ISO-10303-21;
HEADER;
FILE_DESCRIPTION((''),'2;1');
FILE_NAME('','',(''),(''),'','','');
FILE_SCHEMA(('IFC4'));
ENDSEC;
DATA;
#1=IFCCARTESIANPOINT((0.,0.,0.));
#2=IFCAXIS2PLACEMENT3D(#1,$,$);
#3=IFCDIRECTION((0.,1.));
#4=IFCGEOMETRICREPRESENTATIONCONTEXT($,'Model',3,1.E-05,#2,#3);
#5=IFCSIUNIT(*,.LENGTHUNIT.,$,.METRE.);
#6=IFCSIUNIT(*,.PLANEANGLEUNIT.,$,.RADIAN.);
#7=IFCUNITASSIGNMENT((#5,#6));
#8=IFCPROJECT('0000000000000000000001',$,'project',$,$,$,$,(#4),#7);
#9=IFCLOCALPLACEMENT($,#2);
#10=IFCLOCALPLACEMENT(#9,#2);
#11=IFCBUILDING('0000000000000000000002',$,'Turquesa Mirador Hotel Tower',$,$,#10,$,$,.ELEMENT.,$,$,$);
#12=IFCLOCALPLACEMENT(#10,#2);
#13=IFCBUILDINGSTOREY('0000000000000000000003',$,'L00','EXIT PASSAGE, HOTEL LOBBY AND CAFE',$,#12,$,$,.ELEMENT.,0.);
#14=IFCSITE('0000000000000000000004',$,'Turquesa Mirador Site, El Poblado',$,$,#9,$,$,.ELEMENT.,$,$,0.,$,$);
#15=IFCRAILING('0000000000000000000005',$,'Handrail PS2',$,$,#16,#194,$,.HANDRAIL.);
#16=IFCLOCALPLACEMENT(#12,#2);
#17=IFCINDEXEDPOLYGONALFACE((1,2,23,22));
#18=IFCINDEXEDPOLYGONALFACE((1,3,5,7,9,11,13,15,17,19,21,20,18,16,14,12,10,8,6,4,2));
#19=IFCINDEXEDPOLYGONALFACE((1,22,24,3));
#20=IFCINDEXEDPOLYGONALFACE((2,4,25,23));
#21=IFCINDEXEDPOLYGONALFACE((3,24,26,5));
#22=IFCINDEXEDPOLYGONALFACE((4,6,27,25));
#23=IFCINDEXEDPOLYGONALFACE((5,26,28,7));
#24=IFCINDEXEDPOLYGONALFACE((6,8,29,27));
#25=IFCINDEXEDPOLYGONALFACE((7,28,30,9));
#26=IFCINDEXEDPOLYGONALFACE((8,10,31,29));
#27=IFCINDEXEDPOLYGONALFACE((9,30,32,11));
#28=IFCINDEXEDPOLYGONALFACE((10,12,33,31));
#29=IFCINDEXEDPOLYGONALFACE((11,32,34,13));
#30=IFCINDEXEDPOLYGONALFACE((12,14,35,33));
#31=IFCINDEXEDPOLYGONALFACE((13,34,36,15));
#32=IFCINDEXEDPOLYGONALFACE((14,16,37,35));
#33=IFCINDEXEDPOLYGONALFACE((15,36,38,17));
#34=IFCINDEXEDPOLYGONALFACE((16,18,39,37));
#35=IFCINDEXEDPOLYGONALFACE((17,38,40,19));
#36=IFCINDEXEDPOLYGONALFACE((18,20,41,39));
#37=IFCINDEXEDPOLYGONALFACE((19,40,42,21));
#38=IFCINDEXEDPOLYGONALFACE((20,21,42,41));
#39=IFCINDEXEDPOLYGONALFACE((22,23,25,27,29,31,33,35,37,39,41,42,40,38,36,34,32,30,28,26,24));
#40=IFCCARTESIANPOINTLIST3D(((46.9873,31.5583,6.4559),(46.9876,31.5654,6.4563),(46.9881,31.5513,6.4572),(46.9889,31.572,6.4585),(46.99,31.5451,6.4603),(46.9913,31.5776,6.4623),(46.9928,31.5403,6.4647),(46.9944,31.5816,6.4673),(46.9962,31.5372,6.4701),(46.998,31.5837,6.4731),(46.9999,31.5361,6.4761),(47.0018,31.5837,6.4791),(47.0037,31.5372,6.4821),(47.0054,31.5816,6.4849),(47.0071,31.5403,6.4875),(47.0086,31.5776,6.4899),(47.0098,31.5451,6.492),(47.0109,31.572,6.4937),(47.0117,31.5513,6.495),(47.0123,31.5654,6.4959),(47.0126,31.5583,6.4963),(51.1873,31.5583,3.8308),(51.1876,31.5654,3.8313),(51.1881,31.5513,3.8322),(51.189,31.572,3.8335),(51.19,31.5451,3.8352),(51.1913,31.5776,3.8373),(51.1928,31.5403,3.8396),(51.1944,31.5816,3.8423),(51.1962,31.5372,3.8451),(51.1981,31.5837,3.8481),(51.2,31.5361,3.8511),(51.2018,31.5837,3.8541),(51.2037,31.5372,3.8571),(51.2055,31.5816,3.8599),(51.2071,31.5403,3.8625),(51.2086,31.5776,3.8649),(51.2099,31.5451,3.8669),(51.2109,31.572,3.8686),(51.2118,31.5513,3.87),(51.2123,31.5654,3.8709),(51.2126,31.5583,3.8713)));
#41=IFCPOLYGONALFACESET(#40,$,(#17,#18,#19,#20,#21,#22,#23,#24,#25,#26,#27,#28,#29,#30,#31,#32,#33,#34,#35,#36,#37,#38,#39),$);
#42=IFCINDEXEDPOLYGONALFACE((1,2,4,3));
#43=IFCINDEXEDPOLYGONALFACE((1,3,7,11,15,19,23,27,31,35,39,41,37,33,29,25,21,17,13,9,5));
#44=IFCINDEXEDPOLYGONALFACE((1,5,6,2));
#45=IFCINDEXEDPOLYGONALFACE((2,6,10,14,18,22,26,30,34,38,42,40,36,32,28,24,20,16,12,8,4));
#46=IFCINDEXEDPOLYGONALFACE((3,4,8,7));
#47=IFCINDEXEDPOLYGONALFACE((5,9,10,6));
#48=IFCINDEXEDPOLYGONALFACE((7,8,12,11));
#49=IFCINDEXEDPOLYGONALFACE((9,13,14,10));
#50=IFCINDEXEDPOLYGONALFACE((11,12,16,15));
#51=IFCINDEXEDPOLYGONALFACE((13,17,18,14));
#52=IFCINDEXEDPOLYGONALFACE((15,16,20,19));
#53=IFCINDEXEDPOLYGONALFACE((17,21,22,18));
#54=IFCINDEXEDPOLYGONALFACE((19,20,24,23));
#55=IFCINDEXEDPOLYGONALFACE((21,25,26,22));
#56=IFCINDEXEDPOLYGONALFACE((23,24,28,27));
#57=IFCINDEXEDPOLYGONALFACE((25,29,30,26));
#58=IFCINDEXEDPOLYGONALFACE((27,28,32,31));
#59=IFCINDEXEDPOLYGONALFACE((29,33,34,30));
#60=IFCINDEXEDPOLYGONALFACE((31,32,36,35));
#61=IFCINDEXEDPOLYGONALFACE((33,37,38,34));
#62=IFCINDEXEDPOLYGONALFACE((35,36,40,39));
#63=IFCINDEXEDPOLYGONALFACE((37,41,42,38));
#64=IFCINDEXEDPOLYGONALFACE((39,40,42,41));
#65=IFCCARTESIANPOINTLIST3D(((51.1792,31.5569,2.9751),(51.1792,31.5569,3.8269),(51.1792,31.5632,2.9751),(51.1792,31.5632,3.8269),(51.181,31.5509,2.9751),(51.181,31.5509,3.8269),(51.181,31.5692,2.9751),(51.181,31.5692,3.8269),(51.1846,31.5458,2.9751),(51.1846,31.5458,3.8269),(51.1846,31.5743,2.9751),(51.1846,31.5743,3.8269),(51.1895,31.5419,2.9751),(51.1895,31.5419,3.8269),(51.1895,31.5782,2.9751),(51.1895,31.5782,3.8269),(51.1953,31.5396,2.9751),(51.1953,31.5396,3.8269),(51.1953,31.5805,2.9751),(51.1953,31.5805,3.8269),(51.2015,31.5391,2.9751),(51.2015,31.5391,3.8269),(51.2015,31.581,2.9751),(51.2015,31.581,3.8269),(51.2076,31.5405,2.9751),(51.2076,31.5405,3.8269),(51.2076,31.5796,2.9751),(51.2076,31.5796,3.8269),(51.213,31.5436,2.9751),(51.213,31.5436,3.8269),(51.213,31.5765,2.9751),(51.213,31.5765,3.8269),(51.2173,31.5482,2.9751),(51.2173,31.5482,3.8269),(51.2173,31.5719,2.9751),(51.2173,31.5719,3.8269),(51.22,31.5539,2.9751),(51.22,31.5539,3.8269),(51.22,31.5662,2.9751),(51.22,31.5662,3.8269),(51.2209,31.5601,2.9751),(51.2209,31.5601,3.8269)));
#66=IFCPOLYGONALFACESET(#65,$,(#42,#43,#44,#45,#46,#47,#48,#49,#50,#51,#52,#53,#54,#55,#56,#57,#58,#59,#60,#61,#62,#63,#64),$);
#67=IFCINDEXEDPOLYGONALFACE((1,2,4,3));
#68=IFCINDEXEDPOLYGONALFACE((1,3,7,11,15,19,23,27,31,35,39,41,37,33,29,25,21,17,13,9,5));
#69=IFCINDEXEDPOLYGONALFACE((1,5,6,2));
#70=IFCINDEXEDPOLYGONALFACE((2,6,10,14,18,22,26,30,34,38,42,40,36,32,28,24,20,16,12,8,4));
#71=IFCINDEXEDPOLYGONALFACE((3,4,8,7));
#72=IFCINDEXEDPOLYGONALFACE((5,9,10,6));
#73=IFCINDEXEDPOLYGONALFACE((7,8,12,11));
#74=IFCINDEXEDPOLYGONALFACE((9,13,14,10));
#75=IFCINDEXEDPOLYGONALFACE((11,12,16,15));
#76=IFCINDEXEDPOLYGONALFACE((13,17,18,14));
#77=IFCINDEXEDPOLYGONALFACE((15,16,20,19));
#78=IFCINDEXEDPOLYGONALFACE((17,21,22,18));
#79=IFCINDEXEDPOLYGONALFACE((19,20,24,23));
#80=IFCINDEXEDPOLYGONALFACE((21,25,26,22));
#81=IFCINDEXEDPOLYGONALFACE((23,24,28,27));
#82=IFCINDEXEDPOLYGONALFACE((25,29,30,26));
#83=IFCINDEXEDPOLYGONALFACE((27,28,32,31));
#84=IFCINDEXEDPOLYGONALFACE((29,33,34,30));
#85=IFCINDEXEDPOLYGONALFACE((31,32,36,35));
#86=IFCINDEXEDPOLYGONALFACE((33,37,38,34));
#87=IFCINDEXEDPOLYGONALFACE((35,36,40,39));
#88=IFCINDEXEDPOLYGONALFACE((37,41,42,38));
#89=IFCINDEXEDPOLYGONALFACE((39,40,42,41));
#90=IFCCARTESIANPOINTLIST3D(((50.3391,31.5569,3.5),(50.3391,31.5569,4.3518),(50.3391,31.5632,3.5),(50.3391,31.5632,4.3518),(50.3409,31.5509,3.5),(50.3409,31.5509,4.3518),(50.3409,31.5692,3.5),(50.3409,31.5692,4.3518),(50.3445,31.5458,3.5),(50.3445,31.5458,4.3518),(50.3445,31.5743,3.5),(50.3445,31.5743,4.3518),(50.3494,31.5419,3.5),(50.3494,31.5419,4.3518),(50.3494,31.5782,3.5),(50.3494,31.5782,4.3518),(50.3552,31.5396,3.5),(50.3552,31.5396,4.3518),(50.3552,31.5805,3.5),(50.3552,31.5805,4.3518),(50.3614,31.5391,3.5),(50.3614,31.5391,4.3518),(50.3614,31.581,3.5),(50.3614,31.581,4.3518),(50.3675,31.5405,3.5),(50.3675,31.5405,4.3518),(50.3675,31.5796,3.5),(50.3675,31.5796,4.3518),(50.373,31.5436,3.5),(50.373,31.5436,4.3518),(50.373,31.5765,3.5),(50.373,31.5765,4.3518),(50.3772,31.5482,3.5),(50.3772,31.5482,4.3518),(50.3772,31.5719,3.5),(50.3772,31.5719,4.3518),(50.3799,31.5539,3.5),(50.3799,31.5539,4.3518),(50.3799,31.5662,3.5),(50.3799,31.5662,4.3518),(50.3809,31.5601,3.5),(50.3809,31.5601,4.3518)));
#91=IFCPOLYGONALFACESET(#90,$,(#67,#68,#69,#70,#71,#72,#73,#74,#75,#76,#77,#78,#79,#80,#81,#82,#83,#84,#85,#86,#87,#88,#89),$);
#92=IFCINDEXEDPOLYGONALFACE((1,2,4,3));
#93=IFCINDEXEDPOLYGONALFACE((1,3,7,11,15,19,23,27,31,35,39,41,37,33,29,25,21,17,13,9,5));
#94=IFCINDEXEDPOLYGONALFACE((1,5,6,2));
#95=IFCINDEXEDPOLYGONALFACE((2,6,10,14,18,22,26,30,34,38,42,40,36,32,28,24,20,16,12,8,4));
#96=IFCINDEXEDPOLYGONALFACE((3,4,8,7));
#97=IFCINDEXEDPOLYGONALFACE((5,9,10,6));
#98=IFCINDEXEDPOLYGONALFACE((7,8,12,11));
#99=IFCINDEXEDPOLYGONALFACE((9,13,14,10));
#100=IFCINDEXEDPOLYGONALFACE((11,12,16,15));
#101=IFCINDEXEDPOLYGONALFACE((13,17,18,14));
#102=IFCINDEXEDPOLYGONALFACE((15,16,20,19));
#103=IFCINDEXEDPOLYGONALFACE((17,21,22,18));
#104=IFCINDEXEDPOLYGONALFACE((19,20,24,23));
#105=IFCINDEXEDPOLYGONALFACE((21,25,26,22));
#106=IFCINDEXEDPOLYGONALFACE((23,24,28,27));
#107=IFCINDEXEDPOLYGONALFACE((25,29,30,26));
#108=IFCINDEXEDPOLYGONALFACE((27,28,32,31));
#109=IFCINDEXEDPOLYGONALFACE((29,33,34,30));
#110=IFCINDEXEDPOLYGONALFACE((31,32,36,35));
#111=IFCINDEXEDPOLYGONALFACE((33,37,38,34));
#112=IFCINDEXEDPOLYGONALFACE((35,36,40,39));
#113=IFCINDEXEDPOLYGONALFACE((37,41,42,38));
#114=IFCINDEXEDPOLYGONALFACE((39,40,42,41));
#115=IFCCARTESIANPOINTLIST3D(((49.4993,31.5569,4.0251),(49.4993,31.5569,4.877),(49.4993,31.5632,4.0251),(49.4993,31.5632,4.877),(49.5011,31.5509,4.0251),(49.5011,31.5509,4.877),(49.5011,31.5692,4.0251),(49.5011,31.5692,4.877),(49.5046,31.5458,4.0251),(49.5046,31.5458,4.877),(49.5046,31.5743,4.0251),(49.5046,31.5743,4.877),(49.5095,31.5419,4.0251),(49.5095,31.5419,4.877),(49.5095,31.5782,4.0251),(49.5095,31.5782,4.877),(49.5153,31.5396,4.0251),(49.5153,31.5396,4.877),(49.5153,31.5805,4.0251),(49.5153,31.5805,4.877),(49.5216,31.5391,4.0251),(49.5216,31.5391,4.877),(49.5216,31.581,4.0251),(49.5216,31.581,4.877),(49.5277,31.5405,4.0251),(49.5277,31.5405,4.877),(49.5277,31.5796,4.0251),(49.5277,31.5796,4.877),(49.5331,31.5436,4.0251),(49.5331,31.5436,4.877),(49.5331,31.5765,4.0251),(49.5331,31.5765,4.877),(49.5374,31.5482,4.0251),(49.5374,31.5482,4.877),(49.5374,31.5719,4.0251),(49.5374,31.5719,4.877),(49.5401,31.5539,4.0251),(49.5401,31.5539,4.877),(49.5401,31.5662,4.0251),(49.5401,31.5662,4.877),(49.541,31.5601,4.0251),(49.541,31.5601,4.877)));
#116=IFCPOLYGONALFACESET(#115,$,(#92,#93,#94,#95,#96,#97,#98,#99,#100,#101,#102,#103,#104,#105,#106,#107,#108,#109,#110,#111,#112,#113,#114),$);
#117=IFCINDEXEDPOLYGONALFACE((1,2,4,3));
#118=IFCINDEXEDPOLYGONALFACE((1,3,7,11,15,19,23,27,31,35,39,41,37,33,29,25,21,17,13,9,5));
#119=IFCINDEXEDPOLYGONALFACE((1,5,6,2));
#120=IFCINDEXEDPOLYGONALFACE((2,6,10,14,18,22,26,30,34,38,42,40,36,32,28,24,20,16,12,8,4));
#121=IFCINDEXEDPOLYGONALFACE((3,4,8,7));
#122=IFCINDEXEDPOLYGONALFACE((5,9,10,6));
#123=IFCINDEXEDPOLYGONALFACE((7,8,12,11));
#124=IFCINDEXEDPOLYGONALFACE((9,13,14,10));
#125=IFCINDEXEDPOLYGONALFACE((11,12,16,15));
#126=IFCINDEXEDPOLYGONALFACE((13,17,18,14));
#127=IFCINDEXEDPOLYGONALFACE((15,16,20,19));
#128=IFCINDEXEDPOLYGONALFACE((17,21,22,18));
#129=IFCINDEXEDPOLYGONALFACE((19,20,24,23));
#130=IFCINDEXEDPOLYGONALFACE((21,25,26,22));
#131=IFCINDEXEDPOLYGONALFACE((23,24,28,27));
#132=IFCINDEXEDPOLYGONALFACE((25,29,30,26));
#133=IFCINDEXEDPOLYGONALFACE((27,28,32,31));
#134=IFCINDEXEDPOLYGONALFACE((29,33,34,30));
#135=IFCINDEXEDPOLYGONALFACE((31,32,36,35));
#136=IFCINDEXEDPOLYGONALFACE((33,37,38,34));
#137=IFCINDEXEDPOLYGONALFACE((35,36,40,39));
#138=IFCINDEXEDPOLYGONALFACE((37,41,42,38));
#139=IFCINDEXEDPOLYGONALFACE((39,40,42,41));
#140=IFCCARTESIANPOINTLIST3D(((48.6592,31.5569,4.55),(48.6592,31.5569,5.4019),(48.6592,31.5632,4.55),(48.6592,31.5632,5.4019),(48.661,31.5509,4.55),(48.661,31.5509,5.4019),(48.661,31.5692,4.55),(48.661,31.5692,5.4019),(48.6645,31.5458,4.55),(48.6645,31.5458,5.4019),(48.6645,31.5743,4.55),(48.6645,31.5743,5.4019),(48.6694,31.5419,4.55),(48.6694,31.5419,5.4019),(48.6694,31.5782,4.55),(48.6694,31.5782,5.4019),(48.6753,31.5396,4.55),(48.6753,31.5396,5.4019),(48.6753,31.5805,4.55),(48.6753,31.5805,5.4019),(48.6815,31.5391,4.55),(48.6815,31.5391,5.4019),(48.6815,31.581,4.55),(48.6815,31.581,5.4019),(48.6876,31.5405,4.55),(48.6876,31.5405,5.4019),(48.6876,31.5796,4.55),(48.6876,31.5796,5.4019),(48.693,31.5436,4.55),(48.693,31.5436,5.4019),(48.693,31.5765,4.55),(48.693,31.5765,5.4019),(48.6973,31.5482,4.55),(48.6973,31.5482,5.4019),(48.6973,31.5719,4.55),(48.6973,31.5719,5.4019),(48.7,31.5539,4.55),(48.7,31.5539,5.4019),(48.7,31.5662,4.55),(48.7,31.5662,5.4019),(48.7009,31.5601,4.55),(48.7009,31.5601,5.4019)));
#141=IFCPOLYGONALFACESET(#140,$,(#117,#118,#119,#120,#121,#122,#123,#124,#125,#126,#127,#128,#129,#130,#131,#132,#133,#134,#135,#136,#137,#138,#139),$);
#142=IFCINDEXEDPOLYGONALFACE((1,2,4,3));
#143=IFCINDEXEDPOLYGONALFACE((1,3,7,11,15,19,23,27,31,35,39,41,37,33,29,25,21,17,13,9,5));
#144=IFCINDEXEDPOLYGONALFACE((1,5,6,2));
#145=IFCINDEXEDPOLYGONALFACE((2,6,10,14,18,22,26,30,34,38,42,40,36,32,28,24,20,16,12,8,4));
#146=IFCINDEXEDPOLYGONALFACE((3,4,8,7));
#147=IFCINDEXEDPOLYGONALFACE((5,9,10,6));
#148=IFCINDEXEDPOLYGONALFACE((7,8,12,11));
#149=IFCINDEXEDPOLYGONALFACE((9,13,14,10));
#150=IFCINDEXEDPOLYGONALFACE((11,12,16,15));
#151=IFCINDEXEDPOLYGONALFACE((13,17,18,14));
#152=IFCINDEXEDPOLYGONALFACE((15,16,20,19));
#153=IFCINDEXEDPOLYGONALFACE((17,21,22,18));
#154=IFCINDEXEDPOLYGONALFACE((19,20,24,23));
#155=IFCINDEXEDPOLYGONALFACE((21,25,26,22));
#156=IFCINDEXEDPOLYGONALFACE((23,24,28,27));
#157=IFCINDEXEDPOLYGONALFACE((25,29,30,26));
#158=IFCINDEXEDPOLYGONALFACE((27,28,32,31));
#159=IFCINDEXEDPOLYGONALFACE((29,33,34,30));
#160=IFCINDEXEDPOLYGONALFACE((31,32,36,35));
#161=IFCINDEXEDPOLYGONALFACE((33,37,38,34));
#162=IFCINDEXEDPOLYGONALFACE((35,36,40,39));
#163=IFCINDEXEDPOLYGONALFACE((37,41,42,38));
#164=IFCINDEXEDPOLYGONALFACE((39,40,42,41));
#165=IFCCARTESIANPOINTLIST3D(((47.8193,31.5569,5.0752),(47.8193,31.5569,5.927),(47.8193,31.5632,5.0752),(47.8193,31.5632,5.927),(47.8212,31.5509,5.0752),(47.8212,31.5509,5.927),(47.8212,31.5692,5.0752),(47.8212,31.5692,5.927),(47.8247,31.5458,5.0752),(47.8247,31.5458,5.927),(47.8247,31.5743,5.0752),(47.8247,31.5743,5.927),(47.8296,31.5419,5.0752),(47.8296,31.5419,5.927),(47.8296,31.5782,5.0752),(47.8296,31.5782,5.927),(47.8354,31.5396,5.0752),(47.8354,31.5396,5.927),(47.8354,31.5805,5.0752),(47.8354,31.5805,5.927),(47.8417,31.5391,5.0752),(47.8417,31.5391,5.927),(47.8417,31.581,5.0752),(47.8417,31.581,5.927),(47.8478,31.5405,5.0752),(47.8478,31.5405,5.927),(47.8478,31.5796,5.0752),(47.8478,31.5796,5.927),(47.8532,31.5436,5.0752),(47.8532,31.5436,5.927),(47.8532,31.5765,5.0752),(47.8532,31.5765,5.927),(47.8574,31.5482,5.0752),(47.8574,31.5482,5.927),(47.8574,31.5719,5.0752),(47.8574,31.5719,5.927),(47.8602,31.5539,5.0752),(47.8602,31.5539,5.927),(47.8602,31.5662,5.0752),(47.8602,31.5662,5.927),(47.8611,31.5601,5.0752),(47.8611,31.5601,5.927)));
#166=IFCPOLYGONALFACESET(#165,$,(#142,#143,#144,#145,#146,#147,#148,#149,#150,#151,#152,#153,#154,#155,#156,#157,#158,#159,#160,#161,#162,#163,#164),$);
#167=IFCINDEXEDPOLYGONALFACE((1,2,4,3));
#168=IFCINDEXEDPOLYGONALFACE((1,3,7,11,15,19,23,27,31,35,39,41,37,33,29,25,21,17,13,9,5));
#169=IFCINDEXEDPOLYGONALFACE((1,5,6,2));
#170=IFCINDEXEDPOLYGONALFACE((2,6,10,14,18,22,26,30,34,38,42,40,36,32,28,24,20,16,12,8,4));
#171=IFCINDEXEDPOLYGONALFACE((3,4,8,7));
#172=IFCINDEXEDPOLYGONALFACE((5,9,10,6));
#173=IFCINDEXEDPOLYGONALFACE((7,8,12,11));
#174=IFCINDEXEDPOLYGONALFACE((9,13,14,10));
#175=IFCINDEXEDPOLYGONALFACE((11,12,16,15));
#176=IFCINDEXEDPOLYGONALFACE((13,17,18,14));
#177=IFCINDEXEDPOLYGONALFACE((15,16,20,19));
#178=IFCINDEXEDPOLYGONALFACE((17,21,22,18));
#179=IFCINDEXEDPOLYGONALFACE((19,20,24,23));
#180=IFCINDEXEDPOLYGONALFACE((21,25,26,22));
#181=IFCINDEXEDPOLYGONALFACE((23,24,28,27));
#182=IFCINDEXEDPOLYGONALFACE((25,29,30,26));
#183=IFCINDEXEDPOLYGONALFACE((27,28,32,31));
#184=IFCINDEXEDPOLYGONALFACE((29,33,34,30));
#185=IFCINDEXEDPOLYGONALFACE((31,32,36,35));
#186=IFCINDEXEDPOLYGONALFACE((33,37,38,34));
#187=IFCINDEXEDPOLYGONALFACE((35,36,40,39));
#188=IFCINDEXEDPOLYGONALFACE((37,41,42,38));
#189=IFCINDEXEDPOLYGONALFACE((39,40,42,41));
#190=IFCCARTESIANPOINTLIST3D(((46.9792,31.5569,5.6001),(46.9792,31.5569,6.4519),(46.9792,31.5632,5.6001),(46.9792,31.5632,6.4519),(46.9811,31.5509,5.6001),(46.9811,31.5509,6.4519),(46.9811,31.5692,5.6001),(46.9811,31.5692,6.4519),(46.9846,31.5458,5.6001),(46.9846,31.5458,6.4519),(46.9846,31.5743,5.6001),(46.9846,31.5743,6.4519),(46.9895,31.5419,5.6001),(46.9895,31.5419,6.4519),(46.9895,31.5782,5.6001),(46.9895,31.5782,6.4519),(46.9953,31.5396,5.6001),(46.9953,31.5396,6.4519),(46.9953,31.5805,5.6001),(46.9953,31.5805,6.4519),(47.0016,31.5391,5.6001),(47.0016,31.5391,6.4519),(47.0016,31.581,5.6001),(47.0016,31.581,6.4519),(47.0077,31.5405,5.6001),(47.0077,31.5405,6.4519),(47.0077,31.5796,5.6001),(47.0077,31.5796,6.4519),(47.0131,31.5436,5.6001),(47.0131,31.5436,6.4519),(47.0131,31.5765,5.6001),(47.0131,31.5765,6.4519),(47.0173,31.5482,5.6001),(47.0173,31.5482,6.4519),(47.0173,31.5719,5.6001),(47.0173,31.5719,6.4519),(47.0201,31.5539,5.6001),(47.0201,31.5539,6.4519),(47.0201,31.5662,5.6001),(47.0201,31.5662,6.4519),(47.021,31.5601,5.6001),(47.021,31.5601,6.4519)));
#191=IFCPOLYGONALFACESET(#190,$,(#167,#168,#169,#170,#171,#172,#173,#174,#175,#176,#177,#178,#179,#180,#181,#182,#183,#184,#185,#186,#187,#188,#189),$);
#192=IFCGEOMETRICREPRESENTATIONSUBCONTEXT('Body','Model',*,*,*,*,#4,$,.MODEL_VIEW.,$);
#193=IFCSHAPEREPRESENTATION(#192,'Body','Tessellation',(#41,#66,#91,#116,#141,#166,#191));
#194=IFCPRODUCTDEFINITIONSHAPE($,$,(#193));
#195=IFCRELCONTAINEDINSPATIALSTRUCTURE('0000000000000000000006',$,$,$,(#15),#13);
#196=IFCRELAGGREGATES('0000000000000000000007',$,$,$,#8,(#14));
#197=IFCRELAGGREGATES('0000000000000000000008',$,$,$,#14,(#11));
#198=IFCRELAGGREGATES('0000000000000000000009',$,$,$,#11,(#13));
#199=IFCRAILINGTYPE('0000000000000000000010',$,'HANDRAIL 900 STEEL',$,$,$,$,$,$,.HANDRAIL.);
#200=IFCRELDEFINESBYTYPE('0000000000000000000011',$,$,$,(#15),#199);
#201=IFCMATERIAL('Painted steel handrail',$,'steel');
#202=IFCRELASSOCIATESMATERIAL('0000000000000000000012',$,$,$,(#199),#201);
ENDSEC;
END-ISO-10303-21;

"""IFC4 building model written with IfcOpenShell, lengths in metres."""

from ifc_helpers import new_model, si_unit, direction, frame, origin, origin_2d, place, context, subcontext, project, spatial, circle, extrude, material, type_object, element, save


model = new_model("IFC4")

# Units and contexts
model_context = context("Model", 3, precision=1e-05, world=origin(), true_north=direction((0.0, 1.0)))
body_context = subcontext(model_context, "Body", "Model", "MODEL_VIEW")
ifc_project = project(units=[si_unit("LENGTHUNIT", "METRE"), si_unit("PLANEANGLEUNIT", "RADIAN")], contexts=[model_context])

# Site, building, storey
site_placement = place(None, origin())
site = spatial("IfcSite", under=ifc_project, at=site_placement, Name="Turquesa Mirador Site, El Poblado", CompositionType="ELEMENT", RefElevation=0.0)
building_placement = place(site_placement, origin())
building = spatial("IfcBuilding", under=site, at=building_placement, Name="Turquesa Mirador Hotel Tower", CompositionType="ELEMENT")
storey_placement = place(building_placement, origin())
storey = spatial("IfcBuildingStorey", under=building, at=storey_placement, Name="L00", Description="EXIT PASSAGE, HOTEL LOBBY AND CAFE", CompositionType="ELEMENT", Elevation=0.0)

# Railing
ifc_material_1 = material(Name="Painted steel handrail", Category="steel")
railing_type = type_object("IfcRailingType", Name="HANDRAIL 900 STEEL", PredefinedType="HANDRAIL", material=ifc_material_1)
railing_placement = place(storey_placement, frame((51.2, 31.5601, 2.9751)))
element("IfcRailing", 1, at=railing_placement, inside=storey, type_object=railing_type, Name="Handrail PS2", PredefinedType="HANDRAIL", context=body_context, shape_type="SweptSolid", body=[
    extrude(circle(Radius=0.0239, at=origin_2d()), frame((0.0, 0.0, 0.876), z_axis=(-0.847996, 0.0, 0.530003), x_axis=(0.0, -1.0, 0.0)), (0.0, 0.0, 1.0), 4.9529),
    extrude(circle(Radius=0.021, at=origin_2d()), origin(), (0.0, 0.0, 1.0), 0.8518),
    extrude(circle(Radius=0.021, at=origin_2d()), frame((-0.8401, 0.0, 0.5249)), (0.0, 0.0, 1.0), 0.8518),
    extrude(circle(Radius=0.021, at=origin_2d()), frame((-1.6799, 0.0, 1.05)), (0.0, 0.0, 1.0), 0.8518),
    extrude(circle(Radius=0.021, at=origin_2d()), frame((-2.52, 0.0, 1.575)), (0.0, 0.0, 1.0), 0.8518),
    extrude(circle(Radius=0.021, at=origin_2d()), frame((-3.3599, 0.0, 2.1001)), (0.0, 0.0, 1.0), 0.8518),
    extrude(circle(Radius=0.021, at=origin_2d()), frame((-4.2, 0.0, 2.625)), (0.0, 0.0, 1.0), 0.8518),
])

save(model, "model.ifc")
